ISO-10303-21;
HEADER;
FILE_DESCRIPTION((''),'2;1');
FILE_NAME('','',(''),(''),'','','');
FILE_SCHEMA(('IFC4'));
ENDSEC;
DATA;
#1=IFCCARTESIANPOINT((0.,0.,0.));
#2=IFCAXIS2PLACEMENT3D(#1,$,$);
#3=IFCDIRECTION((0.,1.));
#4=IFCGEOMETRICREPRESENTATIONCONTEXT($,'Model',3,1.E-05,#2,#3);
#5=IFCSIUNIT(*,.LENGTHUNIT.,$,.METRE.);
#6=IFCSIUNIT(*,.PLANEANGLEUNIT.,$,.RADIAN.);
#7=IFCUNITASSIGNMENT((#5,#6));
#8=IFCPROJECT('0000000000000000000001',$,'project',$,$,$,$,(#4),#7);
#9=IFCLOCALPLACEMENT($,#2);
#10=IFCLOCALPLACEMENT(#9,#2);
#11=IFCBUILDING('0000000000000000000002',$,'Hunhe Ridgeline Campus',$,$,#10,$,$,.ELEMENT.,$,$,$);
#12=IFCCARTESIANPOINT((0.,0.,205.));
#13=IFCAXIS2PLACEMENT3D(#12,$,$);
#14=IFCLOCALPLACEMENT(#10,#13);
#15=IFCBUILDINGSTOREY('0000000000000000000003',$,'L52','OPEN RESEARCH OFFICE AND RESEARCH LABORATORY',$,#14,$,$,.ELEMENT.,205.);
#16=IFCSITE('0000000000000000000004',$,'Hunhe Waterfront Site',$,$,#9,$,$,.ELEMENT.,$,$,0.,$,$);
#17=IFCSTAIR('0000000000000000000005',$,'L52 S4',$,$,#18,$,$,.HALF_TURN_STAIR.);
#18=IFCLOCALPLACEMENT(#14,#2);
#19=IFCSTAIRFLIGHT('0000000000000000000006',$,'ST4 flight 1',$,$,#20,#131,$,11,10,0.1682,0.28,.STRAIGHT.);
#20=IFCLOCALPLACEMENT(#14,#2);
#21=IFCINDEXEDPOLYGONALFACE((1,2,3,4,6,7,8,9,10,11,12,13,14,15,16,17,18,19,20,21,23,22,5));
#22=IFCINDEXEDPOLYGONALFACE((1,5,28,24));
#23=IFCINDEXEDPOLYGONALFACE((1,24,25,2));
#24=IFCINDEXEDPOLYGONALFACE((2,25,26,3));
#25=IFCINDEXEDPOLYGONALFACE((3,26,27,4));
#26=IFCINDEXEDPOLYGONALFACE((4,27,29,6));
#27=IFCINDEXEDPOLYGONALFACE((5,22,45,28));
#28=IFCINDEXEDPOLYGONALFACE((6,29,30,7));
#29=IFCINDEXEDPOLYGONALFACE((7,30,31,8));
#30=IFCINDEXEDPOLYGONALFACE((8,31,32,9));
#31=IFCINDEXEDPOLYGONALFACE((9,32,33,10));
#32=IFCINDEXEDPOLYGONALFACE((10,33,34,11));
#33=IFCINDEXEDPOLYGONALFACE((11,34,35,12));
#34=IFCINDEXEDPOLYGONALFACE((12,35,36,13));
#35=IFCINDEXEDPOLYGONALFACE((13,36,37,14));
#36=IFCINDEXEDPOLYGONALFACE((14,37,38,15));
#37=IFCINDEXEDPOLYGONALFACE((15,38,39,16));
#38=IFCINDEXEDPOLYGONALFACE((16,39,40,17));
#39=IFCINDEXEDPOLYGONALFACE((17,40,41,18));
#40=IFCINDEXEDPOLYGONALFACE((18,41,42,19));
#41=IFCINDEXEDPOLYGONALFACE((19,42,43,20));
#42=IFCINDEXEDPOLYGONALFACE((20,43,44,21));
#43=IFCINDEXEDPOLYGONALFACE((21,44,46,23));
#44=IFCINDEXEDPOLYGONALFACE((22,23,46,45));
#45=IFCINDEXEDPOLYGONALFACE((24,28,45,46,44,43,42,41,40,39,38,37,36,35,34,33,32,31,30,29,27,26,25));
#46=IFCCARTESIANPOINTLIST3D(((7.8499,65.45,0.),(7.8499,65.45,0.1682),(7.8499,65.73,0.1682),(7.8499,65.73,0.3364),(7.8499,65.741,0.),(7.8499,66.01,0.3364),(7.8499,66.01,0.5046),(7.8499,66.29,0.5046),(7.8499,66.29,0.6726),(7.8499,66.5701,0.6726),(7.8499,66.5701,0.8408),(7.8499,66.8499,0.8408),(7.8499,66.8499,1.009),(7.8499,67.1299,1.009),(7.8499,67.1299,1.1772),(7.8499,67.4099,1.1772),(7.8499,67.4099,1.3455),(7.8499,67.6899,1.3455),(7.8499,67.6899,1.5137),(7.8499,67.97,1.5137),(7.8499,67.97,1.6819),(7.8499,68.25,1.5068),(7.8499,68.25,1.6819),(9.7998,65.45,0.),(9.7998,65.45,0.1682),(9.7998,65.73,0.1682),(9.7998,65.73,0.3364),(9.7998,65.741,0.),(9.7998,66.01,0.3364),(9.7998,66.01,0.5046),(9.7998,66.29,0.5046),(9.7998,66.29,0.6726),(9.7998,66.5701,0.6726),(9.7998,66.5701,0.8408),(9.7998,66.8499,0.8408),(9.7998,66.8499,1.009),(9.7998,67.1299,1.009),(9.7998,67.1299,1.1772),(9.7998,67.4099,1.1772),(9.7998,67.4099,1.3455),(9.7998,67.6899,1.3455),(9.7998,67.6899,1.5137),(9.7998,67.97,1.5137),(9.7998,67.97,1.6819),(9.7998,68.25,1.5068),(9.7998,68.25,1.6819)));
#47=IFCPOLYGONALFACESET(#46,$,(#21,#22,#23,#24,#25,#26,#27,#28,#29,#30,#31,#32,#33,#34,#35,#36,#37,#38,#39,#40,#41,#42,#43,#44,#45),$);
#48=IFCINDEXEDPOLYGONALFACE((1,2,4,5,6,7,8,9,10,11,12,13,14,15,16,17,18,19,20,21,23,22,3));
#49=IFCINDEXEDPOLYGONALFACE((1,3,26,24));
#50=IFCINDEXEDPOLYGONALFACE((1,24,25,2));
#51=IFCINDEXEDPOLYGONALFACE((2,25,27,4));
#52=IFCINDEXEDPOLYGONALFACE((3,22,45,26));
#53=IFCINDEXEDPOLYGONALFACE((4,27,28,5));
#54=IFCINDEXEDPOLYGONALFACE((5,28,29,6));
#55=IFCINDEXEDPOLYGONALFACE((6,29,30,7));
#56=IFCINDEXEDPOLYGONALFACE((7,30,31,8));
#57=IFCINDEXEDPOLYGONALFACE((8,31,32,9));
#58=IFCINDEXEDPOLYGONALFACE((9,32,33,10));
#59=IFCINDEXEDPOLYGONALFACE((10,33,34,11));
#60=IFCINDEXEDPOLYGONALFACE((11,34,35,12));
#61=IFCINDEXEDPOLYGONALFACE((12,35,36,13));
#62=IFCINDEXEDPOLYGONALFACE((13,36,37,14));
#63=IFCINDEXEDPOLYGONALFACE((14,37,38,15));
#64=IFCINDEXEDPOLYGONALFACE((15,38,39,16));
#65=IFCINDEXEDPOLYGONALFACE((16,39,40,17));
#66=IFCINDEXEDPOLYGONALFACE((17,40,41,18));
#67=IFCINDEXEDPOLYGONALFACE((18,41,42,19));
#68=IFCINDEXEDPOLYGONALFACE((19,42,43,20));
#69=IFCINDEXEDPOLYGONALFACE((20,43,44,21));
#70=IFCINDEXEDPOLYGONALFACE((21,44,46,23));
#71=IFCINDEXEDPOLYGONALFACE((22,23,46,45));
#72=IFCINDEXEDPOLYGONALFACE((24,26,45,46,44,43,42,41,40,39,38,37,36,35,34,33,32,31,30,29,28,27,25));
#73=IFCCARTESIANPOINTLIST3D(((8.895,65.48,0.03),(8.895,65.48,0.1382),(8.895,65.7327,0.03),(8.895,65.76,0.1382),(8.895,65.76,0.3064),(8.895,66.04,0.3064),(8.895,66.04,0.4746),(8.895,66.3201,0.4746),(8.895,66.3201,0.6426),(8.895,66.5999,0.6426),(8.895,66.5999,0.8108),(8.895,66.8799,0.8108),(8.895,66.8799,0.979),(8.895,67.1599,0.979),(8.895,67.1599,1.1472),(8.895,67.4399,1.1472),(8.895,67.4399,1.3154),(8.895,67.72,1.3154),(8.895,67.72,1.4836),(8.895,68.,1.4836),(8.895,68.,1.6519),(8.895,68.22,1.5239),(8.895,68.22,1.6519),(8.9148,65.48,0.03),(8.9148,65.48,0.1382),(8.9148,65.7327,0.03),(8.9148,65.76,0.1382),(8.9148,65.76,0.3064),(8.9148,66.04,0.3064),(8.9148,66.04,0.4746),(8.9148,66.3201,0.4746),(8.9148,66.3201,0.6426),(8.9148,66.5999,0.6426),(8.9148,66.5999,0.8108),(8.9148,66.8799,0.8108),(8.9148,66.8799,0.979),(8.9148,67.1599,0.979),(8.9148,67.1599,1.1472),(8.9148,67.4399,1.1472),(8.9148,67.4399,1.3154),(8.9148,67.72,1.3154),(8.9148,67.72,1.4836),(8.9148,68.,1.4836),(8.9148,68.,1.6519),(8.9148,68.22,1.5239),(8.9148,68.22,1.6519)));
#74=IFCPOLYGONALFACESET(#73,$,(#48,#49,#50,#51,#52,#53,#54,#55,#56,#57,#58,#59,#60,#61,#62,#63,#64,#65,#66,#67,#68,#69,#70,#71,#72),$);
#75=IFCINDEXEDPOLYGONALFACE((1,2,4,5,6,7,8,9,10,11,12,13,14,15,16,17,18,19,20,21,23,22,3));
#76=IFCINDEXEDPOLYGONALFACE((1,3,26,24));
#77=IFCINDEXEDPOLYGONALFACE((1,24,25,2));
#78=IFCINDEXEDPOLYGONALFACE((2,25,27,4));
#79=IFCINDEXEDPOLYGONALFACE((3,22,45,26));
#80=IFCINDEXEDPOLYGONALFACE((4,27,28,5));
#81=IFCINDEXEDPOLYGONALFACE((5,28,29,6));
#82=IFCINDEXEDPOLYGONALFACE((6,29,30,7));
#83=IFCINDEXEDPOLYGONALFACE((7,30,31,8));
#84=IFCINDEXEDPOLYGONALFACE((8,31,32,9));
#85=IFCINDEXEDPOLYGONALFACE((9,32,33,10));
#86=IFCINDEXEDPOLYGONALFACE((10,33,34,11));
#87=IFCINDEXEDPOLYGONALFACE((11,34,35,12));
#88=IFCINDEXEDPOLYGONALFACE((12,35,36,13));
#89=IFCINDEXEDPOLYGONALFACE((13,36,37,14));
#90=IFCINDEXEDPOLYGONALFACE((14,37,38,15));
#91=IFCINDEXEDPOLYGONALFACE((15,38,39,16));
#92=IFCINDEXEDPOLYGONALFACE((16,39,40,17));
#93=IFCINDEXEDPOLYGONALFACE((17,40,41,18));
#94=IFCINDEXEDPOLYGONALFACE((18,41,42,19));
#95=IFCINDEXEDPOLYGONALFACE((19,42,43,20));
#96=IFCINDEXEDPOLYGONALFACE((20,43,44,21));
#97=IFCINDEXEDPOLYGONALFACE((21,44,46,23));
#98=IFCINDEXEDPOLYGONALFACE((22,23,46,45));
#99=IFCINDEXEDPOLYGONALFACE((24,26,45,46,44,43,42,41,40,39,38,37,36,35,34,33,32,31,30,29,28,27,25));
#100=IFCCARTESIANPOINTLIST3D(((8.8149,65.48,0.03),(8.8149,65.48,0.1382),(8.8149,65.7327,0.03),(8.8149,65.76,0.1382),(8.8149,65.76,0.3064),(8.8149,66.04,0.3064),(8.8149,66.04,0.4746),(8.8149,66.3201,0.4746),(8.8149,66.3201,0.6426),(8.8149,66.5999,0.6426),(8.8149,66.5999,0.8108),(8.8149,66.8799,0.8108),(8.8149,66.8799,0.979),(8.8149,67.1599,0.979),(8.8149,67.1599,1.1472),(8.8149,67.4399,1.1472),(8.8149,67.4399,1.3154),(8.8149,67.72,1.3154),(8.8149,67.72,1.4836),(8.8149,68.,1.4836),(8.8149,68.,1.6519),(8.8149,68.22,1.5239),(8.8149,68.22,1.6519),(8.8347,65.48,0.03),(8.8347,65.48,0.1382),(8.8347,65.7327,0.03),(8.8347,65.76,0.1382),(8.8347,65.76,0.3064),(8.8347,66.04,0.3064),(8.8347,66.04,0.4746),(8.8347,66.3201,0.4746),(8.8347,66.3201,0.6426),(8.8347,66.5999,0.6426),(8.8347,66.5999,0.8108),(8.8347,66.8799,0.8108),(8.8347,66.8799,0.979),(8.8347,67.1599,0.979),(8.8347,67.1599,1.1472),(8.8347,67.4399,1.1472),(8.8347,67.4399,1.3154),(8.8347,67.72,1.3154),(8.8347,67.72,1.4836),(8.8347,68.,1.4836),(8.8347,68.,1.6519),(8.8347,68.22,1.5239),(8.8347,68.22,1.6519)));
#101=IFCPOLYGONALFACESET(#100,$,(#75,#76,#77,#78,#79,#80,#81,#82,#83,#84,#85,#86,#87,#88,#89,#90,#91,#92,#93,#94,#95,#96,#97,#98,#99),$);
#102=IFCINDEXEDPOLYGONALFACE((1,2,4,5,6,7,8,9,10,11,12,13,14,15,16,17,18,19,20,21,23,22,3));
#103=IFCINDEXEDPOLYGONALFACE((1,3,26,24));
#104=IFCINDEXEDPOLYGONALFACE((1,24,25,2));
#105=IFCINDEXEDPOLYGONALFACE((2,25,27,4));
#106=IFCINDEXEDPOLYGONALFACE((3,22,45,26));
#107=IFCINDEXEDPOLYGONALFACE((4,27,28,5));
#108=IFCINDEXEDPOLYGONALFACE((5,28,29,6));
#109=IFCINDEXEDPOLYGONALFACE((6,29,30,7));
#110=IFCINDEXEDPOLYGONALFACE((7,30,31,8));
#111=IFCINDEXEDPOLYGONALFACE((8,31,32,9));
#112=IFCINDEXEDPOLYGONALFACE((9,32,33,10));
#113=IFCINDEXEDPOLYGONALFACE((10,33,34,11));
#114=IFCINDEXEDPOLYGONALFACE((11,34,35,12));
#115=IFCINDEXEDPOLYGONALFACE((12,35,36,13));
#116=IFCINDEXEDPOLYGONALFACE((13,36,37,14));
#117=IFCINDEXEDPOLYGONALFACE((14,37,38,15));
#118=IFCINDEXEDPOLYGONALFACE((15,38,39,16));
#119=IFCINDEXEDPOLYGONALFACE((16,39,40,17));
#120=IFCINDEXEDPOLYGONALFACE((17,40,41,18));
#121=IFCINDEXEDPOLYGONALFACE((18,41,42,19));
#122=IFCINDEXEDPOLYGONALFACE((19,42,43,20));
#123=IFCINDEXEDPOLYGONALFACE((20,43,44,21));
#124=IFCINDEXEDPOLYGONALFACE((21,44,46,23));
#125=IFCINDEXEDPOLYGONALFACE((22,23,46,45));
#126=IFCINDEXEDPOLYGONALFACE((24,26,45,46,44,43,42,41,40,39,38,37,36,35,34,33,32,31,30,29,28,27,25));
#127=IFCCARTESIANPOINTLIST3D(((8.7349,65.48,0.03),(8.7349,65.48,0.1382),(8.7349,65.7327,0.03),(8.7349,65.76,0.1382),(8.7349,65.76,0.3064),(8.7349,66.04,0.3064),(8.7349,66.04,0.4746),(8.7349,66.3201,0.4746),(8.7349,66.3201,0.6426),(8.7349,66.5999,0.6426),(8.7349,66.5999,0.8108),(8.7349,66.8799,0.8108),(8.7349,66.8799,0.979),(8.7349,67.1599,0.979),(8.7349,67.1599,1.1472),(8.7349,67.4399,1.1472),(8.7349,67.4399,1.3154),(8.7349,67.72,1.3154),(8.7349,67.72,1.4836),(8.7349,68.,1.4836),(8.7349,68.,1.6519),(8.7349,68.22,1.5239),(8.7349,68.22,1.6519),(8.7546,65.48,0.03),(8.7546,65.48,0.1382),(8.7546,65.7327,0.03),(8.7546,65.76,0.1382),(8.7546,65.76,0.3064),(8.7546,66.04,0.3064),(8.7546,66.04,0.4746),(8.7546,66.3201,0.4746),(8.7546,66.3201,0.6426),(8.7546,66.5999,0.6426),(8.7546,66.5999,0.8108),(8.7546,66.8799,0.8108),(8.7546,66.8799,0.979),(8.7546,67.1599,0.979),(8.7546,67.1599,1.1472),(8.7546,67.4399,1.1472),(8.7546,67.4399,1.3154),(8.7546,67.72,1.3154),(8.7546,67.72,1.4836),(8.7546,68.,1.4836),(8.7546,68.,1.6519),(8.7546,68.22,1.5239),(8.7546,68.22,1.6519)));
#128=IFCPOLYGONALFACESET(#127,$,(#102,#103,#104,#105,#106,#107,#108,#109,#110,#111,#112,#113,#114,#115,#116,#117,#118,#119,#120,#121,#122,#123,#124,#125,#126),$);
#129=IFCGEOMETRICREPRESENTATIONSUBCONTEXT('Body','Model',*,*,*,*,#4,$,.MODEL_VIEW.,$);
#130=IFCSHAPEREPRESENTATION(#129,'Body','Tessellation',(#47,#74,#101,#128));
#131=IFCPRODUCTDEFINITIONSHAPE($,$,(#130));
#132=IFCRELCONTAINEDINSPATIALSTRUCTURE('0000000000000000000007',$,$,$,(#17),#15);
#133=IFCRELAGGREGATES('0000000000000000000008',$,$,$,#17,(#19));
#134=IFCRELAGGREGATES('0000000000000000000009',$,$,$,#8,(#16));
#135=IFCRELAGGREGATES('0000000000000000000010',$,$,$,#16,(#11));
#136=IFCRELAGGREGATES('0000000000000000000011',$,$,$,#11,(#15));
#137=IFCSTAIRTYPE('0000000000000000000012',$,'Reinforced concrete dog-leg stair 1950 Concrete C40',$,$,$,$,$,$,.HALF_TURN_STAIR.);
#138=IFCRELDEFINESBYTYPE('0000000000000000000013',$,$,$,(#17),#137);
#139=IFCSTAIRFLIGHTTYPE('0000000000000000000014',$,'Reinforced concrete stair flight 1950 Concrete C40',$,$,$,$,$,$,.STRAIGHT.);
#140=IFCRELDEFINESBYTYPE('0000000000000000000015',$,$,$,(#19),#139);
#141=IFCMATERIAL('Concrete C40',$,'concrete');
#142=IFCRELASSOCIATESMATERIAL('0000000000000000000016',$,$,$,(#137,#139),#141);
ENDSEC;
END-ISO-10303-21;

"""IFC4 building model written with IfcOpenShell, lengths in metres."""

from ifc_helpers import new_model, si_unit, direction, frame, origin, place, context, subcontext, project, spatial, polyline, outline, extrude, material, type_object, element, aggregate, save


model = new_model("IFC4")

# Units and contexts
model_context = context("Model", 3, precision=1e-05, world=origin(), true_north=direction((0.0, 1.0)))
body_context = subcontext(model_context, "Body", "Model", "MODEL_VIEW")
ifc_project = project(units=[si_unit("LENGTHUNIT", "METRE"), si_unit("PLANEANGLEUNIT", "RADIAN")], contexts=[model_context])

# Site, building, storey
site_placement = place(None, origin())
site = spatial("IfcSite", under=ifc_project, at=site_placement, Name="Hunhe Waterfront Site", CompositionType="ELEMENT", RefElevation=0.0)
building_placement = place(site_placement, origin())
building = spatial("IfcBuilding", under=site, at=building_placement, Name="Hunhe Ridgeline Campus", CompositionType="ELEMENT")
storey_placement = place(building_placement, frame((0.0, 0.0, 205.0)))
storey = spatial("IfcBuildingStorey", under=building, at=storey_placement, Name="L52", Description="OPEN RESEARCH OFFICE AND RESEARCH LABORATORY", CompositionType="ELEMENT", Elevation=205.0)

# Shared definitions
ifc_material_1 = material(Name="Concrete C40", Category="concrete")
stair_type = type_object("IfcStairType", Name="Reinforced concrete dog-leg stair 1950 Concrete C40", PredefinedType="HALF_TURN_STAIR", material=ifc_material_1)
stair_flight_type = type_object("IfcStairFlightType", Name="Reinforced concrete stair flight 1950 Concrete C40", PredefinedType="STRAIGHT", material=ifc_material_1)

# Stair, stair flight
stair_1_placement = place(storey_placement, origin())
stair_1 = element("IfcStair", 1, at=stair_1_placement, inside=storey, type_object=stair_type, Name="L52 S4", PredefinedType="HALF_TURN_STAIR")
stair_flight_1_placement = place(storey_placement, frame((8.825, 65.45, 0.0), z_axis=(0.0, 0.0, 1.0), x_axis=(0.0, 1.0, 0.0)))
stair_flight_1 = element("IfcStairFlight", 2, at=stair_flight_1_placement, type_object=stair_flight_type, Name="ST4 flight 1", NumberOfRisers=11, NumberOfTreads=10, PredefinedType="STRAIGHT", RiserHeight=0.1682, TreadLength=0.28, context=body_context, shape_type="SweptSolid", body=[
    extrude(outline(polyline([(0.0, 0.0), (0.0, 0.1682), (0.28, 0.1682), (0.28, 0.3364), (0.5601, 0.3364), (0.5601, 0.5046), (0.8401, 0.5046), (0.8401, 0.6726), (1.1201, 0.6726), (1.1201, 0.8408), (1.3999, 0.8408), (1.3999, 1.009), (1.6799, 1.009), (1.6799, 1.1772), (1.96, 1.1772), (1.96, 1.3455), (2.24, 1.3455), (2.24, 1.5137), (2.52, 1.5137), (2.52, 1.6819), (2.8, 1.6819), (2.8, 1.8501), (2.8, 1.5068), (0.291, 0.0), (0.0, 0.0)])), frame((0.0, 0.9751, 0.0), z_axis=(0.0, -1.0, 0.0), x_axis=(1.0, 0.0, 0.0)), (0.0, 0.0, 1.0), 1.95),
    extrude(outline(polyline([(0.03, 0.03), (0.03, 0.1382), (0.3101, 0.1382), (0.3101, 0.3064), (0.5901, 0.3064), (0.5901, 0.4746), (0.8701, 0.4746), (0.8701, 0.6426), (1.1499, 0.6426), (1.1499, 0.8108), (1.4299, 0.8108), (1.4299, 0.979), (1.71, 0.979), (1.71, 1.1472), (1.99, 1.1472), (1.99, 1.3154), (2.27, 1.3154), (2.27, 1.4836), (2.55, 1.4836), (2.55, 1.6519), (2.77, 1.6519), (2.77, 1.5239), (0.2827, 0.03), (0.03, 0.03)])), frame((0.0, -0.0701, 0.0), z_axis=(0.0, -1.0, 0.0), x_axis=(1.0, 0.0, 0.0)), (0.0, 0.0, 1.0), 0.0198),
    extrude(outline(polyline([(0.03, 0.03), (0.03, 0.1382), (0.3101, 0.1382), (0.3101, 0.3064), (0.5901, 0.3064), (0.5901, 0.4746), (0.8701, 0.4746), (0.8701, 0.6426), (1.1499, 0.6426), (1.1499, 0.8108), (1.4299, 0.8108), (1.4299, 0.979), (1.71, 0.979), (1.71, 1.1472), (1.99, 1.1472), (1.99, 1.3154), (2.27, 1.3154), (2.27, 1.4836), (2.55, 1.4836), (2.55, 1.6519), (2.77, 1.6519), (2.77, 1.5239), (0.2827, 0.03), (0.03, 0.03)])), frame((0.0, 0.01, 0.0), z_axis=(0.0, -1.0, 0.0), x_axis=(1.0, 0.0, 0.0)), (0.0, 0.0, 1.0), 0.0198),
    extrude(outline(polyline([(0.03, 0.03), (0.03, 0.1382), (0.3101, 0.1382), (0.3101, 0.3064), (0.5901, 0.3064), (0.5901, 0.4746), (0.8701, 0.4746), (0.8701, 0.6426), (1.1499, 0.6426), (1.1499, 0.8108), (1.4299, 0.8108), (1.4299, 0.979), (1.71, 0.979), (1.71, 1.1472), (1.99, 1.1472), (1.99, 1.3154), (2.27, 1.3154), (2.27, 1.4836), (2.55, 1.4836), (2.55, 1.6519), (2.77, 1.6519), (2.77, 1.5239), (0.2827, 0.03), (0.03, 0.03)])), frame((0.0, 0.0901, 0.0), z_axis=(0.0, -1.0, 0.0), x_axis=(1.0, 0.0, 0.0)), (0.0, 0.0, 1.0), 0.0198),
])
aggregate(stair_1, [stair_flight_1])

save(model, "model.ifc")
